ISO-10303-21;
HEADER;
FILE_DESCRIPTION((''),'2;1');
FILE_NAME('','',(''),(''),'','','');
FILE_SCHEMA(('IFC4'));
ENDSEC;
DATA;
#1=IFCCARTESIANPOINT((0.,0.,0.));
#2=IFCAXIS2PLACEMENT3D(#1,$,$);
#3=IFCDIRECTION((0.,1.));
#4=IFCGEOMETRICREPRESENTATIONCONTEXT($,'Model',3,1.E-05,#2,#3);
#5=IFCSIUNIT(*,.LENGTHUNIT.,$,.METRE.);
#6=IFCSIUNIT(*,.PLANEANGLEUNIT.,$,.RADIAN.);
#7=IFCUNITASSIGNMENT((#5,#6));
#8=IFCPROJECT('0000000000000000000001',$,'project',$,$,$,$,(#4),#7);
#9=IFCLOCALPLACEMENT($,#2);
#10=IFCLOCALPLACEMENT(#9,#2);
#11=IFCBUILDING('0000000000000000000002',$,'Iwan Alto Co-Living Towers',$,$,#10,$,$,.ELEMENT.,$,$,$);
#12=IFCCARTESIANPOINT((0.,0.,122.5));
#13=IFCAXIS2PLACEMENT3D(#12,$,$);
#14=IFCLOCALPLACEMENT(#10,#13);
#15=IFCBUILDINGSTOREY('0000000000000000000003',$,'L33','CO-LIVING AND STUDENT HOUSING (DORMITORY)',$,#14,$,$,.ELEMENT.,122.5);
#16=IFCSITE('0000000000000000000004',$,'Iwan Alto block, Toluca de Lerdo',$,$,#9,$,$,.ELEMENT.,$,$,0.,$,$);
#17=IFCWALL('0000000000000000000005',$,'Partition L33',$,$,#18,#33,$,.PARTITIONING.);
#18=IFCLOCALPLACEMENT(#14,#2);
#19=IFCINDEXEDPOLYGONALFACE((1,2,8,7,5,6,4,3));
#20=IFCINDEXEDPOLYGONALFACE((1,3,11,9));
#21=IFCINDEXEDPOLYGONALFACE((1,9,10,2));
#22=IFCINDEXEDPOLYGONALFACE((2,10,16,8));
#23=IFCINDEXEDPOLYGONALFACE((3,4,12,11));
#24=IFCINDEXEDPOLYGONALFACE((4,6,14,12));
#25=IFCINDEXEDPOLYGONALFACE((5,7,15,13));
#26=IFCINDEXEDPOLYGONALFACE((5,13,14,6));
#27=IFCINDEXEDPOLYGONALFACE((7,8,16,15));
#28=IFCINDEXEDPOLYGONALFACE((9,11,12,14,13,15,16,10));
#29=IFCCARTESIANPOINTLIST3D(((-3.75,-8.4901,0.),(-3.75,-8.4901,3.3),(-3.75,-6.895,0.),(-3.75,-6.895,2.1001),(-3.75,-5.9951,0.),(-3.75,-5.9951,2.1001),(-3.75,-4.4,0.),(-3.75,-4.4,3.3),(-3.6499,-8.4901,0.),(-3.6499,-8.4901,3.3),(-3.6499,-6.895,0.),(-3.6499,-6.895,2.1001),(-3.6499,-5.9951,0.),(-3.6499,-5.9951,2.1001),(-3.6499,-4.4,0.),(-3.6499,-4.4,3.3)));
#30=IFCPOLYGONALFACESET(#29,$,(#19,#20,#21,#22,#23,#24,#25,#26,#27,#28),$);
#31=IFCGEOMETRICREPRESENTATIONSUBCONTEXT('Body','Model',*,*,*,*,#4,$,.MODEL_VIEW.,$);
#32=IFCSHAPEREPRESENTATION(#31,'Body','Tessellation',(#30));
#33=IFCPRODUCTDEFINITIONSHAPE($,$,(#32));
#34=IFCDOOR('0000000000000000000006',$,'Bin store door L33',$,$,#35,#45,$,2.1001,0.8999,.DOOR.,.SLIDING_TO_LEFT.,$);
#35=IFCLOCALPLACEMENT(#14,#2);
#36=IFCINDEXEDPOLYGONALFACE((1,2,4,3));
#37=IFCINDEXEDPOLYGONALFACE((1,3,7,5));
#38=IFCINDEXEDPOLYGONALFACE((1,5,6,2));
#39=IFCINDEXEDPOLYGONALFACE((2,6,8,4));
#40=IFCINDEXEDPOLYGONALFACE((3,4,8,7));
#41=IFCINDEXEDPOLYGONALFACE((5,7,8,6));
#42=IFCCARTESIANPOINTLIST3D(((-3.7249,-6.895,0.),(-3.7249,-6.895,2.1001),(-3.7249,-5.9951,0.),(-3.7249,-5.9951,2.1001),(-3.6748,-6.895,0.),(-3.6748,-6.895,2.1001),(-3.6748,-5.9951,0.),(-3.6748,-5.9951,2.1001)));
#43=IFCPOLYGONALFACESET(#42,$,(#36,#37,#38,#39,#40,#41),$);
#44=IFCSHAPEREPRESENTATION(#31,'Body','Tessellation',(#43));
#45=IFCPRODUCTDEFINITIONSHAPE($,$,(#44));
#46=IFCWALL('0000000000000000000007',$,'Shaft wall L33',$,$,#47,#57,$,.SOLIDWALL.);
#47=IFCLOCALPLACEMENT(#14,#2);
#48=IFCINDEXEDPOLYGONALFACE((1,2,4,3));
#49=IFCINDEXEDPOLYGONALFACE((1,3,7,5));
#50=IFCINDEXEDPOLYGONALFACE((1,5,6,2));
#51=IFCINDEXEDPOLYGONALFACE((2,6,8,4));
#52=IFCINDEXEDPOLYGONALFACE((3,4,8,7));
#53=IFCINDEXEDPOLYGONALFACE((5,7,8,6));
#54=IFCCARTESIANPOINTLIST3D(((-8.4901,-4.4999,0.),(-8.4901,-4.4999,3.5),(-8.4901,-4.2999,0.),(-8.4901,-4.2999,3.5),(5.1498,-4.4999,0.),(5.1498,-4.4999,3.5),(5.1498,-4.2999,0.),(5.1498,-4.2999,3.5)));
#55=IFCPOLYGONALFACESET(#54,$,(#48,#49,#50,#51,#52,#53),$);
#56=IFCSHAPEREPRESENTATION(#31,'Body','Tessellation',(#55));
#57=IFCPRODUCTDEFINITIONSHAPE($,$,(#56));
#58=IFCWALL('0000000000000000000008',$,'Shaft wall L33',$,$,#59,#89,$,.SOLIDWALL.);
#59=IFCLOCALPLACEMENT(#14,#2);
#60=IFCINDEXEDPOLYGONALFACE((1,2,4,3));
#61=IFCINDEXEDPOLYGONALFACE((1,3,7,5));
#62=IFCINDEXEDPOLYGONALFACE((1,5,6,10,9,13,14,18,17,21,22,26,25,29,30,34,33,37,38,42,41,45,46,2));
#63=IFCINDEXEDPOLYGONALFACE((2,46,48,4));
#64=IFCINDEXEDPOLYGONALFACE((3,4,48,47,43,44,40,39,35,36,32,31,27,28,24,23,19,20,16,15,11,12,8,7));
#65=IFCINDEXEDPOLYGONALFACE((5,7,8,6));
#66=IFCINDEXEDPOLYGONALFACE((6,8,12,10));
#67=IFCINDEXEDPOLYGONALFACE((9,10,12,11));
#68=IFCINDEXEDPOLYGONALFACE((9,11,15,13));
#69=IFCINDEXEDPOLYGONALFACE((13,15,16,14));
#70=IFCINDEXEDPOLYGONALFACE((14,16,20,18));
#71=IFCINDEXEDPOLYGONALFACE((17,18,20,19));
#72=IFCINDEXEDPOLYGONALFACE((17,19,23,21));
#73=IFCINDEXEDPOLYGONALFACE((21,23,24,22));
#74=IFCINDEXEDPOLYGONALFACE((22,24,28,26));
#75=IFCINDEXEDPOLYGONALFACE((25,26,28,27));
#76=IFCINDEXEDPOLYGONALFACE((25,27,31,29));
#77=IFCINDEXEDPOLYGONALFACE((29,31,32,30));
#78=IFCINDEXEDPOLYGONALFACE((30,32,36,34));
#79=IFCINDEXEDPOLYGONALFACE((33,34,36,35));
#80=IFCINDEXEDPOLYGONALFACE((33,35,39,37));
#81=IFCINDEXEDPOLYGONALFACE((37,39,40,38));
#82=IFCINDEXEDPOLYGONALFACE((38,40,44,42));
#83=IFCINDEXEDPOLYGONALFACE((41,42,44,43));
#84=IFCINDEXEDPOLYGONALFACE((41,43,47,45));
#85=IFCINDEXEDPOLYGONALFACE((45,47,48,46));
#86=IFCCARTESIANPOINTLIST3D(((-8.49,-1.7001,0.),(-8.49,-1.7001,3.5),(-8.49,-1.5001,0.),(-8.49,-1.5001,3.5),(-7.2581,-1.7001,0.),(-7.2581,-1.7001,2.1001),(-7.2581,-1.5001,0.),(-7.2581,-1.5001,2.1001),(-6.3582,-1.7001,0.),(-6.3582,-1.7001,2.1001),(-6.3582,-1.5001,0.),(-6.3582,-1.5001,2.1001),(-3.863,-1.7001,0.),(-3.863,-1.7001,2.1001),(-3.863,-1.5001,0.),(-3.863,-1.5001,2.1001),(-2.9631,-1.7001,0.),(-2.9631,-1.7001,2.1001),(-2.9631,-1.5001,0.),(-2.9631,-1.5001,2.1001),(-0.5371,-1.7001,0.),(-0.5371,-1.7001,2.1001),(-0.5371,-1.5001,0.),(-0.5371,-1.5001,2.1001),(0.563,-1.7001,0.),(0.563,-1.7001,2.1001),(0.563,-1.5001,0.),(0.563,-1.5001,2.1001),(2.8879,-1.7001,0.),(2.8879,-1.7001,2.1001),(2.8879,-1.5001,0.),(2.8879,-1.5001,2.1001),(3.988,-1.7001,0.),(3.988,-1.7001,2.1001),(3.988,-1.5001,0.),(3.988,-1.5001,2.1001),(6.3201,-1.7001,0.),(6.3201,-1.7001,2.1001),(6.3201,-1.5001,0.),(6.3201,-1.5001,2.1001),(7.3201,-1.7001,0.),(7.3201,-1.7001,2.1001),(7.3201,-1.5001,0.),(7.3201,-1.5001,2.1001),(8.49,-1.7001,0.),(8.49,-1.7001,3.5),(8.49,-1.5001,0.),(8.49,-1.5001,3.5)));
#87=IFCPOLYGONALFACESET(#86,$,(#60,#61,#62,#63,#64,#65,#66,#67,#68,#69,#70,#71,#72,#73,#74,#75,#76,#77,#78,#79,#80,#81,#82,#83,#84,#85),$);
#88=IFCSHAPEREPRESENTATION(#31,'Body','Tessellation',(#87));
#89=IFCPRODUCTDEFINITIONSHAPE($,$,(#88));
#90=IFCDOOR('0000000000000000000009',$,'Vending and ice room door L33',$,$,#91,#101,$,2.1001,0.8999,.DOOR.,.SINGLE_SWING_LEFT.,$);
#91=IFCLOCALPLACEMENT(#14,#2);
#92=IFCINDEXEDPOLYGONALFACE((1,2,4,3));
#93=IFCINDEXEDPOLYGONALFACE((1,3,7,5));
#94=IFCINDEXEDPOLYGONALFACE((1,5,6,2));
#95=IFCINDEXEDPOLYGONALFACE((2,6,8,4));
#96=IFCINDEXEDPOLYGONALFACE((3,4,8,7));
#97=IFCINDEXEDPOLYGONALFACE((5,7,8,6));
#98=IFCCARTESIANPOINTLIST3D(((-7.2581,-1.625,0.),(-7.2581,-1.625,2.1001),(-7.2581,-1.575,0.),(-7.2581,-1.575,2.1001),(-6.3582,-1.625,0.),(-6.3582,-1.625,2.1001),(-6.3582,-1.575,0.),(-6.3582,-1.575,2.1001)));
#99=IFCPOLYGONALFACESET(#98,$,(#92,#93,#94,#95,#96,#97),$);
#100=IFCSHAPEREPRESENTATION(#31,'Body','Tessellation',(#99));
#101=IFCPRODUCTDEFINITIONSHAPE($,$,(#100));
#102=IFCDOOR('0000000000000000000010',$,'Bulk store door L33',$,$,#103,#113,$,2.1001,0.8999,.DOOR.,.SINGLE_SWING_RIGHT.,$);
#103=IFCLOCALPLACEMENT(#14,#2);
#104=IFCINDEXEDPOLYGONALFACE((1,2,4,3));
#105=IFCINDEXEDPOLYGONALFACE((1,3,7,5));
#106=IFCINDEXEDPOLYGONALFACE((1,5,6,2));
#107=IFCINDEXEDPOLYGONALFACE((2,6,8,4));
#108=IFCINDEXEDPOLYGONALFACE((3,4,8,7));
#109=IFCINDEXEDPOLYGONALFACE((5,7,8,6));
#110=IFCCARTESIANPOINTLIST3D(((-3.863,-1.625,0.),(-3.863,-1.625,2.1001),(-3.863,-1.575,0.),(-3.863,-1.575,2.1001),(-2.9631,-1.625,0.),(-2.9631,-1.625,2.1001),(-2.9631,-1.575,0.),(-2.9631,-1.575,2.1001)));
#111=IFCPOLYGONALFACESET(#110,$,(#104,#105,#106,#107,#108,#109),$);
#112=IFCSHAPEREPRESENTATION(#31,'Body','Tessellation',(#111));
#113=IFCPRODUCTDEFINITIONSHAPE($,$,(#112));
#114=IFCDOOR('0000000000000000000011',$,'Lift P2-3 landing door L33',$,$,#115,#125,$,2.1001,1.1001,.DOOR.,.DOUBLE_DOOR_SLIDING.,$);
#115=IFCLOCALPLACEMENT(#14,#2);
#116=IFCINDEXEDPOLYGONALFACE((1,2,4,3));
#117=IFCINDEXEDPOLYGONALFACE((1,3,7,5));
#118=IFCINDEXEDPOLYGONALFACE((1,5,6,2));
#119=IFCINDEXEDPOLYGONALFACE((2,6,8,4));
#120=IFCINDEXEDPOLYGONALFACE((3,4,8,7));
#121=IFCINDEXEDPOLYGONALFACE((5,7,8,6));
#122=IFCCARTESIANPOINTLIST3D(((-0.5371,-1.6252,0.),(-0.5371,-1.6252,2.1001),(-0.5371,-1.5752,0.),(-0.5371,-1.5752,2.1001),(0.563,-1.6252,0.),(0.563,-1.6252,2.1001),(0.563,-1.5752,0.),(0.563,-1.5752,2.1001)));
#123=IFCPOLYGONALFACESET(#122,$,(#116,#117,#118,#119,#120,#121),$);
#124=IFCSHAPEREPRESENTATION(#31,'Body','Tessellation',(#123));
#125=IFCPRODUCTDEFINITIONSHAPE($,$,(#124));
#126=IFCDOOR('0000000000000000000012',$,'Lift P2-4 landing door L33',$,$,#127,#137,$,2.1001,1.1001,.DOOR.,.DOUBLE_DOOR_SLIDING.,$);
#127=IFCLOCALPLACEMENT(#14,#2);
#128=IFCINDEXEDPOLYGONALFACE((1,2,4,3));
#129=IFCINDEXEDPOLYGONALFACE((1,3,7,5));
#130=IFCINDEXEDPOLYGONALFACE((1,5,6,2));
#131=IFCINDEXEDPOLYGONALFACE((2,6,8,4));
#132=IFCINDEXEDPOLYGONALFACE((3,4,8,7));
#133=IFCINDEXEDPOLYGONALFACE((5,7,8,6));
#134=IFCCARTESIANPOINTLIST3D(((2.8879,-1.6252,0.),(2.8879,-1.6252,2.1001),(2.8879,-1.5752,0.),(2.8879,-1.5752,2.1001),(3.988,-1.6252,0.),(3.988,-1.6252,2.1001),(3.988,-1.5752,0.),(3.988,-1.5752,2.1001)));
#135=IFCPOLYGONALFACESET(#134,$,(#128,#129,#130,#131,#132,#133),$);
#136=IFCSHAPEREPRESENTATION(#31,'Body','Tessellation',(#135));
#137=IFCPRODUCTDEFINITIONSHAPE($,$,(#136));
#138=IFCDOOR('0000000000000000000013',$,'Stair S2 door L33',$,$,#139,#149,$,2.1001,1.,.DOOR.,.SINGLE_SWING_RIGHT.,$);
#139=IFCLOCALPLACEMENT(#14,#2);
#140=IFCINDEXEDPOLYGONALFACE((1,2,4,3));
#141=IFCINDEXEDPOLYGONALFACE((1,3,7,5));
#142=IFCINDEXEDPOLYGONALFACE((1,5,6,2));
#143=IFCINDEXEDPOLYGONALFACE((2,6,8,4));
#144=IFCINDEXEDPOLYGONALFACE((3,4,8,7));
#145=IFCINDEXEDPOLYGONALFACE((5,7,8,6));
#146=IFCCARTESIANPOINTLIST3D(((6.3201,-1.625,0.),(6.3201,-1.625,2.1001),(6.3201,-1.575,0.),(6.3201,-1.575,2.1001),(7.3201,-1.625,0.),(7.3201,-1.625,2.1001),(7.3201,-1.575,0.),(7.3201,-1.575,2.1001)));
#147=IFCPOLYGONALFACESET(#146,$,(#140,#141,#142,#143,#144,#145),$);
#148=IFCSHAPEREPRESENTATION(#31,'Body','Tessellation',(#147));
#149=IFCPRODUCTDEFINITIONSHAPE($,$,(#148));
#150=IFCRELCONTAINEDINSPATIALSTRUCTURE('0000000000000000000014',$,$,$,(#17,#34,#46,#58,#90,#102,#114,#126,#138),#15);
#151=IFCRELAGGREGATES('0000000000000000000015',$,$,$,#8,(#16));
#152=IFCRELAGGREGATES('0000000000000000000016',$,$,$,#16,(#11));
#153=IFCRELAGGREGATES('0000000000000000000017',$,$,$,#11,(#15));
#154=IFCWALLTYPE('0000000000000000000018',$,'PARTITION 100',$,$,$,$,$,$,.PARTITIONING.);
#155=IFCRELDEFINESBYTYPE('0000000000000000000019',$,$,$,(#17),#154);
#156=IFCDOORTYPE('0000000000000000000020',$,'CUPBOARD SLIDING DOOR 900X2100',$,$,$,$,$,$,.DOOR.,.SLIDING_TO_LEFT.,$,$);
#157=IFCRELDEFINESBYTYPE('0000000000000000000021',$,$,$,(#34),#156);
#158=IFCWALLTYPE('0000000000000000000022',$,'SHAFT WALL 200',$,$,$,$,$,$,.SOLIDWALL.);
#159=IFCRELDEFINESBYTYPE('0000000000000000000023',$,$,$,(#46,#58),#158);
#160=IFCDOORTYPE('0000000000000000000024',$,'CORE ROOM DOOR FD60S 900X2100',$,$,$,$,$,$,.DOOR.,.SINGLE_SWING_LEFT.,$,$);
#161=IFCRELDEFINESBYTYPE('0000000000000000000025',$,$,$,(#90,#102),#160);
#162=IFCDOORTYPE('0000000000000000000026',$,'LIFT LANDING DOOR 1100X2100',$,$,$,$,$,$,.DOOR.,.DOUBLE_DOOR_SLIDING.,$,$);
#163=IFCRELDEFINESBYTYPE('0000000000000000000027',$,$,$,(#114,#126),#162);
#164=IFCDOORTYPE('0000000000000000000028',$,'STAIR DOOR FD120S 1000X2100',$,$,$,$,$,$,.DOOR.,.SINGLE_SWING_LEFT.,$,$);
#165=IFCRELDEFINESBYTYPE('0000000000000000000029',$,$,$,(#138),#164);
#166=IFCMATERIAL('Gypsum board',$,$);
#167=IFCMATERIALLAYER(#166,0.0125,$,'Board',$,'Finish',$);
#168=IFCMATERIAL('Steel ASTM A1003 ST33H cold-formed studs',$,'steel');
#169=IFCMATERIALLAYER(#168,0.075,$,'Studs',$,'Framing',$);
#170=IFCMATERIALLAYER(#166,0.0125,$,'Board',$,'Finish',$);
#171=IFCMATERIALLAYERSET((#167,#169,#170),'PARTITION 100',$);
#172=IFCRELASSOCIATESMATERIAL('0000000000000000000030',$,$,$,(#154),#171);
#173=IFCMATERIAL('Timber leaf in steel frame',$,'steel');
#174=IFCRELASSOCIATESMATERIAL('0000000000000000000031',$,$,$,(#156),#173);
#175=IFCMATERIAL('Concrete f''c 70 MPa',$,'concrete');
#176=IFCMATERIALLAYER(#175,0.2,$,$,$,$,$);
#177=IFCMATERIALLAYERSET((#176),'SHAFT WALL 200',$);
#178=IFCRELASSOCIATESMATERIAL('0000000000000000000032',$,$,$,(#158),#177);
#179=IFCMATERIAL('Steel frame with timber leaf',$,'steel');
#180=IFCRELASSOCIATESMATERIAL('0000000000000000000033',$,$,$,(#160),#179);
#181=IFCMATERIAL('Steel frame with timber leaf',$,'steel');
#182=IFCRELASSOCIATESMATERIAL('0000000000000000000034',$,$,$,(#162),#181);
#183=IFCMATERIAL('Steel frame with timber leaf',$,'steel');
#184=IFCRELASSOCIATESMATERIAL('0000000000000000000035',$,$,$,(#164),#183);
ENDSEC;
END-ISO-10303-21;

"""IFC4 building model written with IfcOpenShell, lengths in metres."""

from ifc_helpers import new_model, si_unit, direction, frame, frame_2d, origin, place, context, subcontext, project, spatial, rectangle, extrude, material, layer, layer_set, type_object, element, fill, save


model = new_model("IFC4")

# Units and contexts
model_context = context("Model", 3, precision=1e-05, world=origin(), true_north=direction((0.0, 1.0)))
body_context = subcontext(model_context, "Body", "Model", "MODEL_VIEW")
ifc_project = project(units=[si_unit("LENGTHUNIT", "METRE"), si_unit("PLANEANGLEUNIT", "RADIAN")], contexts=[model_context])

# Site, building, storey
site_placement = place(None, origin())
site = spatial("IfcSite", under=ifc_project, at=site_placement, Name="Iwan Alto block, Toluca de Lerdo", CompositionType="ELEMENT", RefElevation=0.0)
building_placement = place(site_placement, origin())
building = spatial("IfcBuilding", under=site, at=building_placement, Name="Iwan Alto Co-Living Towers", CompositionType="ELEMENT")
storey_placement = place(building_placement, frame((0.0, 0.0, 122.5)))
storey = spatial("IfcBuildingStorey", under=building, at=storey_placement, Name="L33", Description="CO-LIVING AND STUDENT HOUSING (DORMITORY)", CompositionType="ELEMENT", Elevation=122.5)

# Wall, opening, door
ifc_material_1 = material(Name="Gypsum board")
ifc_layer_1 = layer(ifc_material_1, 0.0125, Name="Board", Category="Finish")
ifc_material_2 = material(Name="Steel ASTM A1003 ST33H cold-formed studs", Category="steel")
ifc_layer_2 = layer(ifc_material_2, 0.075, Name="Studs", Category="Framing")
ifc_layer_3 = layer(ifc_material_1, 0.0125, Name="Board", Category="Finish")
ifc_layer_set_1 = layer_set([ifc_layer_1, ifc_layer_2, ifc_layer_3], Name="PARTITION 100")
wall_type_1 = type_object("IfcWallType", Name="PARTITION 100", PredefinedType="PARTITIONING", material=ifc_layer_set_1)
wall_1_placement = place(storey_placement, frame((-3.7, -8.49, 0.0), z_axis=(0.0, 0.0, 1.0), x_axis=(0.0, 1.0, 0.0)))
wall_1 = element("IfcWall", 1, at=wall_1_placement, inside=storey, type_object=wall_type_1, Name="Partition L33", PredefinedType="PARTITIONING", context=body_context, shape_type="SweptSolid", body=[
    extrude(rectangle(XDim=4.0901, YDim=0.1001, at=frame_2d((2.0449, 0.0))), origin(), (0.0, 0.0, 1.0), 3.3),
])
opening_1_placement = place(wall_1_placement, frame((1.595, 0.0, 0.0)))
opening_1 = element("IfcOpeningElement", 2, at=opening_1_placement, cuts=wall_1, PredefinedType="OPENING", context=body_context, shape_type="SweptSolid", body=[
    extrude(rectangle(XDim=0.8999, YDim=2.1001, at=frame_2d((0.45, 1.05))), frame((0.0, 0.0601, 0.0), z_axis=(0.0, -1.0, 0.0), x_axis=(1.0, 0.0, 0.0)), (0.0, 0.0, 1.0), 0.1201),
])
ifc_material_3 = material(Name="Timber leaf in steel frame", Category="steel")
door_type_1 = type_object("IfcDoorType", Name="CUPBOARD SLIDING DOOR 900X2100", OperationType="SLIDING_TO_LEFT", PredefinedType="DOOR", material=ifc_material_3)
door_1_placement = place(opening_1_placement, origin())
door_1 = element("IfcDoor", 3, at=door_1_placement, inside=storey, type_object=door_type_1, Name="Bin store door L33", OperationType="SLIDING_TO_LEFT", OverallHeight=2.1001, OverallWidth=0.8999, PredefinedType="DOOR", context=body_context, shape_type="SweptSolid", body=[
    extrude(rectangle(XDim=0.8999, YDim=2.1001, at=frame_2d((0.45, 1.05))), frame((0.0, 0.0249, 0.0), z_axis=(0.0, -1.0, 0.0), x_axis=(1.0, 0.0, 0.0)), (0.0, 0.0, 1.0), 0.05),
])
fill(opening_1, door_1)

# Wall
ifc_material_4 = material(Name="Concrete f'c 70 MPa", Category="concrete")
ifc_layer_4 = layer(ifc_material_4, 0.2)
ifc_layer_set_2 = layer_set([ifc_layer_4], Name="SHAFT WALL 200")
wall_type_2 = type_object("IfcWallType", Name="SHAFT WALL 200", PredefinedType="SOLIDWALL", material=ifc_layer_set_2)
wall_2_placement = place(storey_placement, frame((-8.49, -4.3999, 0.0), z_axis=(0.0, 0.0, 1.0), x_axis=(1.0, 0.0, 0.0)))
element("IfcWall", 4, at=wall_2_placement, inside=storey, type_object=wall_type_2, Name="Shaft wall L33", PredefinedType="SOLIDWALL", context=body_context, shape_type="SweptSolid", body=[
    extrude(rectangle(XDim=13.6399, YDim=0.2, at=frame_2d((6.8198, 0.0))), origin(), (0.0, 0.0, 1.0), 3.5),
])

# Wall, openings, doors
wall_3_placement = place(storey_placement, frame((-8.49, -1.6001, 0.0), z_axis=(0.0, 0.0, 1.0), x_axis=(1.0, 0.0, 0.0)))
wall_3 = element("IfcWall", 5, at=wall_3_placement, inside=storey, type_object=wall_type_2, Name="Shaft wall L33", PredefinedType="SOLIDWALL", context=body_context, shape_type="SweptSolid", body=[
    extrude(rectangle(XDim=16.98, YDim=0.2, at=frame_2d((8.49, 0.0))), origin(), (0.0, 0.0, 1.0), 3.5),
])
opening_2_placement = place(wall_3_placement, frame((14.8101, 0.0, 0.0)))
opening_2 = element("IfcOpeningElement", 6, at=opening_2_placement, cuts=wall_3, PredefinedType="OPENING", context=body_context, shape_type="SweptSolid", body=[
    extrude(rectangle(XDim=1.0, YDim=2.1001, at=frame_2d((0.5, 1.05))), frame((0.0, 0.1099, 0.0), z_axis=(0.0, -1.0, 0.0), x_axis=(1.0, 0.0, 0.0)), (0.0, 0.0, 1.0), 0.22),
])
opening_3_placement = place(wall_3_placement, frame((1.2319, 0.0, 0.0)))
opening_3 = element("IfcOpeningElement", 7, at=opening_3_placement, cuts=wall_3, PredefinedType="OPENING", context=body_context, shape_type="SweptSolid", body=[
    extrude(rectangle(XDim=0.8999, YDim=2.1001, at=frame_2d((0.45, 1.05))), frame((0.0, 0.1099, 0.0), z_axis=(0.0, -1.0, 0.0), x_axis=(1.0, 0.0, 0.0)), (0.0, 0.0, 1.0), 0.22),
])
opening_4_placement = place(wall_3_placement, frame((4.627, 0.0, 0.0)))
opening_4 = element("IfcOpeningElement", 8, at=opening_4_placement, cuts=wall_3, PredefinedType="OPENING", context=body_context, shape_type="SweptSolid", body=[
    extrude(rectangle(XDim=0.8999, YDim=2.1001, at=frame_2d((0.45, 1.05))), frame((0.0, 0.1099, 0.0), z_axis=(0.0, -1.0, 0.0), x_axis=(1.0, 0.0, 0.0)), (0.0, 0.0, 1.0), 0.22),
])
opening_5_placement = place(wall_3_placement, frame((7.9529, 0.0, 0.0)))
opening_5 = element("IfcOpeningElement", 9, at=opening_5_placement, cuts=wall_3, PredefinedType="OPENING", context=body_context, shape_type="SweptSolid", body=[
    extrude(rectangle(XDim=1.1001, YDim=2.1001, at=frame_2d((0.55, 1.05))), frame((0.0, 0.1099, 0.0), z_axis=(0.0, -1.0, 0.0), x_axis=(1.0, 0.0, 0.0)), (0.0, 0.0, 1.0), 0.22),
])
opening_6_placement = place(wall_3_placement, frame((11.3779, 0.0, 0.0)))
opening_6 = element("IfcOpeningElement", 10, at=opening_6_placement, cuts=wall_3, PredefinedType="OPENING", context=body_context, shape_type="SweptSolid", body=[
    extrude(rectangle(XDim=1.1001, YDim=2.1001, at=frame_2d((0.55, 1.05))), frame((0.0, 0.1099, 0.0), z_axis=(0.0, -1.0, 0.0), x_axis=(1.0, 0.0, 0.0)), (0.0, 0.0, 1.0), 0.22),
])
ifc_material_5 = material(Name="Steel frame with timber leaf", Category="steel")
door_type_2 = type_object("IfcDoorType", Name="CORE ROOM DOOR FD60S 900X2100", OperationType="SINGLE_SWING_LEFT", PredefinedType="DOOR", material=ifc_material_5)
door_2_placement = place(opening_3_placement, frame((0.8999, 0.0, 0.0), z_axis=(0.0, 0.0, 1.0), x_axis=(-1.0, 0.0, 0.0)))
door_2 = element("IfcDoor", 11, at=door_2_placement, inside=storey, type_object=door_type_2, Name="Vending and ice room door L33", OperationType="SINGLE_SWING_LEFT", OverallHeight=2.1001, OverallWidth=0.8999, PredefinedType="DOOR", context=body_context, shape_type="SweptSolid", body=[
    extrude(rectangle(XDim=0.8999, YDim=2.1001, at=frame_2d((0.45, 1.05))), frame((0.0, 0.0249, 0.0), z_axis=(0.0, -1.0, 0.0), x_axis=(1.0, 0.0, 0.0)), (0.0, 0.0, 1.0), 0.05),
])
fill(opening_3, door_2)
door_3_placement = place(opening_4_placement, frame((0.8999, 0.0, 0.0), z_axis=(0.0, 0.0, 1.0), x_axis=(-1.0, 0.0, 0.0)))
door_3 = element("IfcDoor", 12, at=door_3_placement, inside=storey, type_object=door_type_2, Name="Bulk store door L33", OperationType="SINGLE_SWING_RIGHT", OverallHeight=2.1001, OverallWidth=0.8999, PredefinedType="DOOR", context=body_context, shape_type="SweptSolid", body=[
    extrude(rectangle(XDim=0.8999, YDim=2.1001, at=frame_2d((0.45, 1.05))), frame((0.0, 0.0249, 0.0), z_axis=(0.0, -1.0, 0.0), x_axis=(1.0, 0.0, 0.0)), (0.0, 0.0, 1.0), 0.05),
])
fill(opening_4, door_3)
ifc_material_6 = material(Name="Steel frame with timber leaf", Category="steel")
door_type_3 = type_object("IfcDoorType", Name="LIFT LANDING DOOR 1100X2100", OperationType="DOUBLE_DOOR_SLIDING", PredefinedType="DOOR", material=ifc_material_6)
door_4_placement = place(opening_5_placement, origin())
door_4 = element("IfcDoor", 13, at=door_4_placement, inside=storey, type_object=door_type_3, Name="Lift P2-3 landing door L33", OperationType="DOUBLE_DOOR_SLIDING", OverallHeight=2.1001, OverallWidth=1.1001, PredefinedType="DOOR", context=body_context, shape_type="SweptSolid", body=[
    extrude(rectangle(XDim=1.1001, YDim=2.1001, at=frame_2d((0.55, 1.05))), frame((0.0, 0.0249, 0.0), z_axis=(0.0, -1.0, 0.0), x_axis=(1.0, 0.0, 0.0)), (0.0, 0.0, 1.0), 0.05),
])
fill(opening_5, door_4)
door_5_placement = place(opening_6_placement, origin())
door_5 = element("IfcDoor", 14, at=door_5_placement, inside=storey, type_object=door_type_3, Name="Lift P2-4 landing door L33", OperationType="DOUBLE_DOOR_SLIDING", OverallHeight=2.1001, OverallWidth=1.1001, PredefinedType="DOOR", context=body_context, shape_type="SweptSolid", body=[
    extrude(rectangle(XDim=1.1001, YDim=2.1001, at=frame_2d((0.55, 1.05))), frame((0.0, 0.0249, 0.0), z_axis=(0.0, -1.0, 0.0), x_axis=(1.0, 0.0, 0.0)), (0.0, 0.0, 1.0), 0.05),
])
fill(opening_6, door_5)
ifc_material_7 = material(Name="Steel frame with timber leaf", Category="steel")
door_type_4 = type_object("IfcDoorType", Name="STAIR DOOR FD120S 1000X2100", OperationType="SINGLE_SWING_LEFT", PredefinedType="DOOR", material=ifc_material_7)
door_6_placement = place(opening_2_placement, frame((1.0, 0.0, 0.0), z_axis=(0.0, 0.0, 1.0), x_axis=(-1.0, 0.0, 0.0)))
door_6 = element("IfcDoor", 15, at=door_6_placement, inside=storey, type_object=door_type_4, Name="Stair S2 door L33", OperationType="SINGLE_SWING_RIGHT", OverallHeight=2.1001, OverallWidth=1.0, PredefinedType="DOOR", context=body_context, shape_type="SweptSolid", body=[
    extrude(rectangle(XDim=1.0, YDim=2.1001, at=frame_2d((0.5, 1.05))), frame((0.0, 0.0249, 0.0), z_axis=(0.0, -1.0, 0.0), x_axis=(1.0, 0.0, 0.0)), (0.0, 0.0, 1.0), 0.05),
])
fill(opening_2, door_6)

save(model, "model.ifc")
